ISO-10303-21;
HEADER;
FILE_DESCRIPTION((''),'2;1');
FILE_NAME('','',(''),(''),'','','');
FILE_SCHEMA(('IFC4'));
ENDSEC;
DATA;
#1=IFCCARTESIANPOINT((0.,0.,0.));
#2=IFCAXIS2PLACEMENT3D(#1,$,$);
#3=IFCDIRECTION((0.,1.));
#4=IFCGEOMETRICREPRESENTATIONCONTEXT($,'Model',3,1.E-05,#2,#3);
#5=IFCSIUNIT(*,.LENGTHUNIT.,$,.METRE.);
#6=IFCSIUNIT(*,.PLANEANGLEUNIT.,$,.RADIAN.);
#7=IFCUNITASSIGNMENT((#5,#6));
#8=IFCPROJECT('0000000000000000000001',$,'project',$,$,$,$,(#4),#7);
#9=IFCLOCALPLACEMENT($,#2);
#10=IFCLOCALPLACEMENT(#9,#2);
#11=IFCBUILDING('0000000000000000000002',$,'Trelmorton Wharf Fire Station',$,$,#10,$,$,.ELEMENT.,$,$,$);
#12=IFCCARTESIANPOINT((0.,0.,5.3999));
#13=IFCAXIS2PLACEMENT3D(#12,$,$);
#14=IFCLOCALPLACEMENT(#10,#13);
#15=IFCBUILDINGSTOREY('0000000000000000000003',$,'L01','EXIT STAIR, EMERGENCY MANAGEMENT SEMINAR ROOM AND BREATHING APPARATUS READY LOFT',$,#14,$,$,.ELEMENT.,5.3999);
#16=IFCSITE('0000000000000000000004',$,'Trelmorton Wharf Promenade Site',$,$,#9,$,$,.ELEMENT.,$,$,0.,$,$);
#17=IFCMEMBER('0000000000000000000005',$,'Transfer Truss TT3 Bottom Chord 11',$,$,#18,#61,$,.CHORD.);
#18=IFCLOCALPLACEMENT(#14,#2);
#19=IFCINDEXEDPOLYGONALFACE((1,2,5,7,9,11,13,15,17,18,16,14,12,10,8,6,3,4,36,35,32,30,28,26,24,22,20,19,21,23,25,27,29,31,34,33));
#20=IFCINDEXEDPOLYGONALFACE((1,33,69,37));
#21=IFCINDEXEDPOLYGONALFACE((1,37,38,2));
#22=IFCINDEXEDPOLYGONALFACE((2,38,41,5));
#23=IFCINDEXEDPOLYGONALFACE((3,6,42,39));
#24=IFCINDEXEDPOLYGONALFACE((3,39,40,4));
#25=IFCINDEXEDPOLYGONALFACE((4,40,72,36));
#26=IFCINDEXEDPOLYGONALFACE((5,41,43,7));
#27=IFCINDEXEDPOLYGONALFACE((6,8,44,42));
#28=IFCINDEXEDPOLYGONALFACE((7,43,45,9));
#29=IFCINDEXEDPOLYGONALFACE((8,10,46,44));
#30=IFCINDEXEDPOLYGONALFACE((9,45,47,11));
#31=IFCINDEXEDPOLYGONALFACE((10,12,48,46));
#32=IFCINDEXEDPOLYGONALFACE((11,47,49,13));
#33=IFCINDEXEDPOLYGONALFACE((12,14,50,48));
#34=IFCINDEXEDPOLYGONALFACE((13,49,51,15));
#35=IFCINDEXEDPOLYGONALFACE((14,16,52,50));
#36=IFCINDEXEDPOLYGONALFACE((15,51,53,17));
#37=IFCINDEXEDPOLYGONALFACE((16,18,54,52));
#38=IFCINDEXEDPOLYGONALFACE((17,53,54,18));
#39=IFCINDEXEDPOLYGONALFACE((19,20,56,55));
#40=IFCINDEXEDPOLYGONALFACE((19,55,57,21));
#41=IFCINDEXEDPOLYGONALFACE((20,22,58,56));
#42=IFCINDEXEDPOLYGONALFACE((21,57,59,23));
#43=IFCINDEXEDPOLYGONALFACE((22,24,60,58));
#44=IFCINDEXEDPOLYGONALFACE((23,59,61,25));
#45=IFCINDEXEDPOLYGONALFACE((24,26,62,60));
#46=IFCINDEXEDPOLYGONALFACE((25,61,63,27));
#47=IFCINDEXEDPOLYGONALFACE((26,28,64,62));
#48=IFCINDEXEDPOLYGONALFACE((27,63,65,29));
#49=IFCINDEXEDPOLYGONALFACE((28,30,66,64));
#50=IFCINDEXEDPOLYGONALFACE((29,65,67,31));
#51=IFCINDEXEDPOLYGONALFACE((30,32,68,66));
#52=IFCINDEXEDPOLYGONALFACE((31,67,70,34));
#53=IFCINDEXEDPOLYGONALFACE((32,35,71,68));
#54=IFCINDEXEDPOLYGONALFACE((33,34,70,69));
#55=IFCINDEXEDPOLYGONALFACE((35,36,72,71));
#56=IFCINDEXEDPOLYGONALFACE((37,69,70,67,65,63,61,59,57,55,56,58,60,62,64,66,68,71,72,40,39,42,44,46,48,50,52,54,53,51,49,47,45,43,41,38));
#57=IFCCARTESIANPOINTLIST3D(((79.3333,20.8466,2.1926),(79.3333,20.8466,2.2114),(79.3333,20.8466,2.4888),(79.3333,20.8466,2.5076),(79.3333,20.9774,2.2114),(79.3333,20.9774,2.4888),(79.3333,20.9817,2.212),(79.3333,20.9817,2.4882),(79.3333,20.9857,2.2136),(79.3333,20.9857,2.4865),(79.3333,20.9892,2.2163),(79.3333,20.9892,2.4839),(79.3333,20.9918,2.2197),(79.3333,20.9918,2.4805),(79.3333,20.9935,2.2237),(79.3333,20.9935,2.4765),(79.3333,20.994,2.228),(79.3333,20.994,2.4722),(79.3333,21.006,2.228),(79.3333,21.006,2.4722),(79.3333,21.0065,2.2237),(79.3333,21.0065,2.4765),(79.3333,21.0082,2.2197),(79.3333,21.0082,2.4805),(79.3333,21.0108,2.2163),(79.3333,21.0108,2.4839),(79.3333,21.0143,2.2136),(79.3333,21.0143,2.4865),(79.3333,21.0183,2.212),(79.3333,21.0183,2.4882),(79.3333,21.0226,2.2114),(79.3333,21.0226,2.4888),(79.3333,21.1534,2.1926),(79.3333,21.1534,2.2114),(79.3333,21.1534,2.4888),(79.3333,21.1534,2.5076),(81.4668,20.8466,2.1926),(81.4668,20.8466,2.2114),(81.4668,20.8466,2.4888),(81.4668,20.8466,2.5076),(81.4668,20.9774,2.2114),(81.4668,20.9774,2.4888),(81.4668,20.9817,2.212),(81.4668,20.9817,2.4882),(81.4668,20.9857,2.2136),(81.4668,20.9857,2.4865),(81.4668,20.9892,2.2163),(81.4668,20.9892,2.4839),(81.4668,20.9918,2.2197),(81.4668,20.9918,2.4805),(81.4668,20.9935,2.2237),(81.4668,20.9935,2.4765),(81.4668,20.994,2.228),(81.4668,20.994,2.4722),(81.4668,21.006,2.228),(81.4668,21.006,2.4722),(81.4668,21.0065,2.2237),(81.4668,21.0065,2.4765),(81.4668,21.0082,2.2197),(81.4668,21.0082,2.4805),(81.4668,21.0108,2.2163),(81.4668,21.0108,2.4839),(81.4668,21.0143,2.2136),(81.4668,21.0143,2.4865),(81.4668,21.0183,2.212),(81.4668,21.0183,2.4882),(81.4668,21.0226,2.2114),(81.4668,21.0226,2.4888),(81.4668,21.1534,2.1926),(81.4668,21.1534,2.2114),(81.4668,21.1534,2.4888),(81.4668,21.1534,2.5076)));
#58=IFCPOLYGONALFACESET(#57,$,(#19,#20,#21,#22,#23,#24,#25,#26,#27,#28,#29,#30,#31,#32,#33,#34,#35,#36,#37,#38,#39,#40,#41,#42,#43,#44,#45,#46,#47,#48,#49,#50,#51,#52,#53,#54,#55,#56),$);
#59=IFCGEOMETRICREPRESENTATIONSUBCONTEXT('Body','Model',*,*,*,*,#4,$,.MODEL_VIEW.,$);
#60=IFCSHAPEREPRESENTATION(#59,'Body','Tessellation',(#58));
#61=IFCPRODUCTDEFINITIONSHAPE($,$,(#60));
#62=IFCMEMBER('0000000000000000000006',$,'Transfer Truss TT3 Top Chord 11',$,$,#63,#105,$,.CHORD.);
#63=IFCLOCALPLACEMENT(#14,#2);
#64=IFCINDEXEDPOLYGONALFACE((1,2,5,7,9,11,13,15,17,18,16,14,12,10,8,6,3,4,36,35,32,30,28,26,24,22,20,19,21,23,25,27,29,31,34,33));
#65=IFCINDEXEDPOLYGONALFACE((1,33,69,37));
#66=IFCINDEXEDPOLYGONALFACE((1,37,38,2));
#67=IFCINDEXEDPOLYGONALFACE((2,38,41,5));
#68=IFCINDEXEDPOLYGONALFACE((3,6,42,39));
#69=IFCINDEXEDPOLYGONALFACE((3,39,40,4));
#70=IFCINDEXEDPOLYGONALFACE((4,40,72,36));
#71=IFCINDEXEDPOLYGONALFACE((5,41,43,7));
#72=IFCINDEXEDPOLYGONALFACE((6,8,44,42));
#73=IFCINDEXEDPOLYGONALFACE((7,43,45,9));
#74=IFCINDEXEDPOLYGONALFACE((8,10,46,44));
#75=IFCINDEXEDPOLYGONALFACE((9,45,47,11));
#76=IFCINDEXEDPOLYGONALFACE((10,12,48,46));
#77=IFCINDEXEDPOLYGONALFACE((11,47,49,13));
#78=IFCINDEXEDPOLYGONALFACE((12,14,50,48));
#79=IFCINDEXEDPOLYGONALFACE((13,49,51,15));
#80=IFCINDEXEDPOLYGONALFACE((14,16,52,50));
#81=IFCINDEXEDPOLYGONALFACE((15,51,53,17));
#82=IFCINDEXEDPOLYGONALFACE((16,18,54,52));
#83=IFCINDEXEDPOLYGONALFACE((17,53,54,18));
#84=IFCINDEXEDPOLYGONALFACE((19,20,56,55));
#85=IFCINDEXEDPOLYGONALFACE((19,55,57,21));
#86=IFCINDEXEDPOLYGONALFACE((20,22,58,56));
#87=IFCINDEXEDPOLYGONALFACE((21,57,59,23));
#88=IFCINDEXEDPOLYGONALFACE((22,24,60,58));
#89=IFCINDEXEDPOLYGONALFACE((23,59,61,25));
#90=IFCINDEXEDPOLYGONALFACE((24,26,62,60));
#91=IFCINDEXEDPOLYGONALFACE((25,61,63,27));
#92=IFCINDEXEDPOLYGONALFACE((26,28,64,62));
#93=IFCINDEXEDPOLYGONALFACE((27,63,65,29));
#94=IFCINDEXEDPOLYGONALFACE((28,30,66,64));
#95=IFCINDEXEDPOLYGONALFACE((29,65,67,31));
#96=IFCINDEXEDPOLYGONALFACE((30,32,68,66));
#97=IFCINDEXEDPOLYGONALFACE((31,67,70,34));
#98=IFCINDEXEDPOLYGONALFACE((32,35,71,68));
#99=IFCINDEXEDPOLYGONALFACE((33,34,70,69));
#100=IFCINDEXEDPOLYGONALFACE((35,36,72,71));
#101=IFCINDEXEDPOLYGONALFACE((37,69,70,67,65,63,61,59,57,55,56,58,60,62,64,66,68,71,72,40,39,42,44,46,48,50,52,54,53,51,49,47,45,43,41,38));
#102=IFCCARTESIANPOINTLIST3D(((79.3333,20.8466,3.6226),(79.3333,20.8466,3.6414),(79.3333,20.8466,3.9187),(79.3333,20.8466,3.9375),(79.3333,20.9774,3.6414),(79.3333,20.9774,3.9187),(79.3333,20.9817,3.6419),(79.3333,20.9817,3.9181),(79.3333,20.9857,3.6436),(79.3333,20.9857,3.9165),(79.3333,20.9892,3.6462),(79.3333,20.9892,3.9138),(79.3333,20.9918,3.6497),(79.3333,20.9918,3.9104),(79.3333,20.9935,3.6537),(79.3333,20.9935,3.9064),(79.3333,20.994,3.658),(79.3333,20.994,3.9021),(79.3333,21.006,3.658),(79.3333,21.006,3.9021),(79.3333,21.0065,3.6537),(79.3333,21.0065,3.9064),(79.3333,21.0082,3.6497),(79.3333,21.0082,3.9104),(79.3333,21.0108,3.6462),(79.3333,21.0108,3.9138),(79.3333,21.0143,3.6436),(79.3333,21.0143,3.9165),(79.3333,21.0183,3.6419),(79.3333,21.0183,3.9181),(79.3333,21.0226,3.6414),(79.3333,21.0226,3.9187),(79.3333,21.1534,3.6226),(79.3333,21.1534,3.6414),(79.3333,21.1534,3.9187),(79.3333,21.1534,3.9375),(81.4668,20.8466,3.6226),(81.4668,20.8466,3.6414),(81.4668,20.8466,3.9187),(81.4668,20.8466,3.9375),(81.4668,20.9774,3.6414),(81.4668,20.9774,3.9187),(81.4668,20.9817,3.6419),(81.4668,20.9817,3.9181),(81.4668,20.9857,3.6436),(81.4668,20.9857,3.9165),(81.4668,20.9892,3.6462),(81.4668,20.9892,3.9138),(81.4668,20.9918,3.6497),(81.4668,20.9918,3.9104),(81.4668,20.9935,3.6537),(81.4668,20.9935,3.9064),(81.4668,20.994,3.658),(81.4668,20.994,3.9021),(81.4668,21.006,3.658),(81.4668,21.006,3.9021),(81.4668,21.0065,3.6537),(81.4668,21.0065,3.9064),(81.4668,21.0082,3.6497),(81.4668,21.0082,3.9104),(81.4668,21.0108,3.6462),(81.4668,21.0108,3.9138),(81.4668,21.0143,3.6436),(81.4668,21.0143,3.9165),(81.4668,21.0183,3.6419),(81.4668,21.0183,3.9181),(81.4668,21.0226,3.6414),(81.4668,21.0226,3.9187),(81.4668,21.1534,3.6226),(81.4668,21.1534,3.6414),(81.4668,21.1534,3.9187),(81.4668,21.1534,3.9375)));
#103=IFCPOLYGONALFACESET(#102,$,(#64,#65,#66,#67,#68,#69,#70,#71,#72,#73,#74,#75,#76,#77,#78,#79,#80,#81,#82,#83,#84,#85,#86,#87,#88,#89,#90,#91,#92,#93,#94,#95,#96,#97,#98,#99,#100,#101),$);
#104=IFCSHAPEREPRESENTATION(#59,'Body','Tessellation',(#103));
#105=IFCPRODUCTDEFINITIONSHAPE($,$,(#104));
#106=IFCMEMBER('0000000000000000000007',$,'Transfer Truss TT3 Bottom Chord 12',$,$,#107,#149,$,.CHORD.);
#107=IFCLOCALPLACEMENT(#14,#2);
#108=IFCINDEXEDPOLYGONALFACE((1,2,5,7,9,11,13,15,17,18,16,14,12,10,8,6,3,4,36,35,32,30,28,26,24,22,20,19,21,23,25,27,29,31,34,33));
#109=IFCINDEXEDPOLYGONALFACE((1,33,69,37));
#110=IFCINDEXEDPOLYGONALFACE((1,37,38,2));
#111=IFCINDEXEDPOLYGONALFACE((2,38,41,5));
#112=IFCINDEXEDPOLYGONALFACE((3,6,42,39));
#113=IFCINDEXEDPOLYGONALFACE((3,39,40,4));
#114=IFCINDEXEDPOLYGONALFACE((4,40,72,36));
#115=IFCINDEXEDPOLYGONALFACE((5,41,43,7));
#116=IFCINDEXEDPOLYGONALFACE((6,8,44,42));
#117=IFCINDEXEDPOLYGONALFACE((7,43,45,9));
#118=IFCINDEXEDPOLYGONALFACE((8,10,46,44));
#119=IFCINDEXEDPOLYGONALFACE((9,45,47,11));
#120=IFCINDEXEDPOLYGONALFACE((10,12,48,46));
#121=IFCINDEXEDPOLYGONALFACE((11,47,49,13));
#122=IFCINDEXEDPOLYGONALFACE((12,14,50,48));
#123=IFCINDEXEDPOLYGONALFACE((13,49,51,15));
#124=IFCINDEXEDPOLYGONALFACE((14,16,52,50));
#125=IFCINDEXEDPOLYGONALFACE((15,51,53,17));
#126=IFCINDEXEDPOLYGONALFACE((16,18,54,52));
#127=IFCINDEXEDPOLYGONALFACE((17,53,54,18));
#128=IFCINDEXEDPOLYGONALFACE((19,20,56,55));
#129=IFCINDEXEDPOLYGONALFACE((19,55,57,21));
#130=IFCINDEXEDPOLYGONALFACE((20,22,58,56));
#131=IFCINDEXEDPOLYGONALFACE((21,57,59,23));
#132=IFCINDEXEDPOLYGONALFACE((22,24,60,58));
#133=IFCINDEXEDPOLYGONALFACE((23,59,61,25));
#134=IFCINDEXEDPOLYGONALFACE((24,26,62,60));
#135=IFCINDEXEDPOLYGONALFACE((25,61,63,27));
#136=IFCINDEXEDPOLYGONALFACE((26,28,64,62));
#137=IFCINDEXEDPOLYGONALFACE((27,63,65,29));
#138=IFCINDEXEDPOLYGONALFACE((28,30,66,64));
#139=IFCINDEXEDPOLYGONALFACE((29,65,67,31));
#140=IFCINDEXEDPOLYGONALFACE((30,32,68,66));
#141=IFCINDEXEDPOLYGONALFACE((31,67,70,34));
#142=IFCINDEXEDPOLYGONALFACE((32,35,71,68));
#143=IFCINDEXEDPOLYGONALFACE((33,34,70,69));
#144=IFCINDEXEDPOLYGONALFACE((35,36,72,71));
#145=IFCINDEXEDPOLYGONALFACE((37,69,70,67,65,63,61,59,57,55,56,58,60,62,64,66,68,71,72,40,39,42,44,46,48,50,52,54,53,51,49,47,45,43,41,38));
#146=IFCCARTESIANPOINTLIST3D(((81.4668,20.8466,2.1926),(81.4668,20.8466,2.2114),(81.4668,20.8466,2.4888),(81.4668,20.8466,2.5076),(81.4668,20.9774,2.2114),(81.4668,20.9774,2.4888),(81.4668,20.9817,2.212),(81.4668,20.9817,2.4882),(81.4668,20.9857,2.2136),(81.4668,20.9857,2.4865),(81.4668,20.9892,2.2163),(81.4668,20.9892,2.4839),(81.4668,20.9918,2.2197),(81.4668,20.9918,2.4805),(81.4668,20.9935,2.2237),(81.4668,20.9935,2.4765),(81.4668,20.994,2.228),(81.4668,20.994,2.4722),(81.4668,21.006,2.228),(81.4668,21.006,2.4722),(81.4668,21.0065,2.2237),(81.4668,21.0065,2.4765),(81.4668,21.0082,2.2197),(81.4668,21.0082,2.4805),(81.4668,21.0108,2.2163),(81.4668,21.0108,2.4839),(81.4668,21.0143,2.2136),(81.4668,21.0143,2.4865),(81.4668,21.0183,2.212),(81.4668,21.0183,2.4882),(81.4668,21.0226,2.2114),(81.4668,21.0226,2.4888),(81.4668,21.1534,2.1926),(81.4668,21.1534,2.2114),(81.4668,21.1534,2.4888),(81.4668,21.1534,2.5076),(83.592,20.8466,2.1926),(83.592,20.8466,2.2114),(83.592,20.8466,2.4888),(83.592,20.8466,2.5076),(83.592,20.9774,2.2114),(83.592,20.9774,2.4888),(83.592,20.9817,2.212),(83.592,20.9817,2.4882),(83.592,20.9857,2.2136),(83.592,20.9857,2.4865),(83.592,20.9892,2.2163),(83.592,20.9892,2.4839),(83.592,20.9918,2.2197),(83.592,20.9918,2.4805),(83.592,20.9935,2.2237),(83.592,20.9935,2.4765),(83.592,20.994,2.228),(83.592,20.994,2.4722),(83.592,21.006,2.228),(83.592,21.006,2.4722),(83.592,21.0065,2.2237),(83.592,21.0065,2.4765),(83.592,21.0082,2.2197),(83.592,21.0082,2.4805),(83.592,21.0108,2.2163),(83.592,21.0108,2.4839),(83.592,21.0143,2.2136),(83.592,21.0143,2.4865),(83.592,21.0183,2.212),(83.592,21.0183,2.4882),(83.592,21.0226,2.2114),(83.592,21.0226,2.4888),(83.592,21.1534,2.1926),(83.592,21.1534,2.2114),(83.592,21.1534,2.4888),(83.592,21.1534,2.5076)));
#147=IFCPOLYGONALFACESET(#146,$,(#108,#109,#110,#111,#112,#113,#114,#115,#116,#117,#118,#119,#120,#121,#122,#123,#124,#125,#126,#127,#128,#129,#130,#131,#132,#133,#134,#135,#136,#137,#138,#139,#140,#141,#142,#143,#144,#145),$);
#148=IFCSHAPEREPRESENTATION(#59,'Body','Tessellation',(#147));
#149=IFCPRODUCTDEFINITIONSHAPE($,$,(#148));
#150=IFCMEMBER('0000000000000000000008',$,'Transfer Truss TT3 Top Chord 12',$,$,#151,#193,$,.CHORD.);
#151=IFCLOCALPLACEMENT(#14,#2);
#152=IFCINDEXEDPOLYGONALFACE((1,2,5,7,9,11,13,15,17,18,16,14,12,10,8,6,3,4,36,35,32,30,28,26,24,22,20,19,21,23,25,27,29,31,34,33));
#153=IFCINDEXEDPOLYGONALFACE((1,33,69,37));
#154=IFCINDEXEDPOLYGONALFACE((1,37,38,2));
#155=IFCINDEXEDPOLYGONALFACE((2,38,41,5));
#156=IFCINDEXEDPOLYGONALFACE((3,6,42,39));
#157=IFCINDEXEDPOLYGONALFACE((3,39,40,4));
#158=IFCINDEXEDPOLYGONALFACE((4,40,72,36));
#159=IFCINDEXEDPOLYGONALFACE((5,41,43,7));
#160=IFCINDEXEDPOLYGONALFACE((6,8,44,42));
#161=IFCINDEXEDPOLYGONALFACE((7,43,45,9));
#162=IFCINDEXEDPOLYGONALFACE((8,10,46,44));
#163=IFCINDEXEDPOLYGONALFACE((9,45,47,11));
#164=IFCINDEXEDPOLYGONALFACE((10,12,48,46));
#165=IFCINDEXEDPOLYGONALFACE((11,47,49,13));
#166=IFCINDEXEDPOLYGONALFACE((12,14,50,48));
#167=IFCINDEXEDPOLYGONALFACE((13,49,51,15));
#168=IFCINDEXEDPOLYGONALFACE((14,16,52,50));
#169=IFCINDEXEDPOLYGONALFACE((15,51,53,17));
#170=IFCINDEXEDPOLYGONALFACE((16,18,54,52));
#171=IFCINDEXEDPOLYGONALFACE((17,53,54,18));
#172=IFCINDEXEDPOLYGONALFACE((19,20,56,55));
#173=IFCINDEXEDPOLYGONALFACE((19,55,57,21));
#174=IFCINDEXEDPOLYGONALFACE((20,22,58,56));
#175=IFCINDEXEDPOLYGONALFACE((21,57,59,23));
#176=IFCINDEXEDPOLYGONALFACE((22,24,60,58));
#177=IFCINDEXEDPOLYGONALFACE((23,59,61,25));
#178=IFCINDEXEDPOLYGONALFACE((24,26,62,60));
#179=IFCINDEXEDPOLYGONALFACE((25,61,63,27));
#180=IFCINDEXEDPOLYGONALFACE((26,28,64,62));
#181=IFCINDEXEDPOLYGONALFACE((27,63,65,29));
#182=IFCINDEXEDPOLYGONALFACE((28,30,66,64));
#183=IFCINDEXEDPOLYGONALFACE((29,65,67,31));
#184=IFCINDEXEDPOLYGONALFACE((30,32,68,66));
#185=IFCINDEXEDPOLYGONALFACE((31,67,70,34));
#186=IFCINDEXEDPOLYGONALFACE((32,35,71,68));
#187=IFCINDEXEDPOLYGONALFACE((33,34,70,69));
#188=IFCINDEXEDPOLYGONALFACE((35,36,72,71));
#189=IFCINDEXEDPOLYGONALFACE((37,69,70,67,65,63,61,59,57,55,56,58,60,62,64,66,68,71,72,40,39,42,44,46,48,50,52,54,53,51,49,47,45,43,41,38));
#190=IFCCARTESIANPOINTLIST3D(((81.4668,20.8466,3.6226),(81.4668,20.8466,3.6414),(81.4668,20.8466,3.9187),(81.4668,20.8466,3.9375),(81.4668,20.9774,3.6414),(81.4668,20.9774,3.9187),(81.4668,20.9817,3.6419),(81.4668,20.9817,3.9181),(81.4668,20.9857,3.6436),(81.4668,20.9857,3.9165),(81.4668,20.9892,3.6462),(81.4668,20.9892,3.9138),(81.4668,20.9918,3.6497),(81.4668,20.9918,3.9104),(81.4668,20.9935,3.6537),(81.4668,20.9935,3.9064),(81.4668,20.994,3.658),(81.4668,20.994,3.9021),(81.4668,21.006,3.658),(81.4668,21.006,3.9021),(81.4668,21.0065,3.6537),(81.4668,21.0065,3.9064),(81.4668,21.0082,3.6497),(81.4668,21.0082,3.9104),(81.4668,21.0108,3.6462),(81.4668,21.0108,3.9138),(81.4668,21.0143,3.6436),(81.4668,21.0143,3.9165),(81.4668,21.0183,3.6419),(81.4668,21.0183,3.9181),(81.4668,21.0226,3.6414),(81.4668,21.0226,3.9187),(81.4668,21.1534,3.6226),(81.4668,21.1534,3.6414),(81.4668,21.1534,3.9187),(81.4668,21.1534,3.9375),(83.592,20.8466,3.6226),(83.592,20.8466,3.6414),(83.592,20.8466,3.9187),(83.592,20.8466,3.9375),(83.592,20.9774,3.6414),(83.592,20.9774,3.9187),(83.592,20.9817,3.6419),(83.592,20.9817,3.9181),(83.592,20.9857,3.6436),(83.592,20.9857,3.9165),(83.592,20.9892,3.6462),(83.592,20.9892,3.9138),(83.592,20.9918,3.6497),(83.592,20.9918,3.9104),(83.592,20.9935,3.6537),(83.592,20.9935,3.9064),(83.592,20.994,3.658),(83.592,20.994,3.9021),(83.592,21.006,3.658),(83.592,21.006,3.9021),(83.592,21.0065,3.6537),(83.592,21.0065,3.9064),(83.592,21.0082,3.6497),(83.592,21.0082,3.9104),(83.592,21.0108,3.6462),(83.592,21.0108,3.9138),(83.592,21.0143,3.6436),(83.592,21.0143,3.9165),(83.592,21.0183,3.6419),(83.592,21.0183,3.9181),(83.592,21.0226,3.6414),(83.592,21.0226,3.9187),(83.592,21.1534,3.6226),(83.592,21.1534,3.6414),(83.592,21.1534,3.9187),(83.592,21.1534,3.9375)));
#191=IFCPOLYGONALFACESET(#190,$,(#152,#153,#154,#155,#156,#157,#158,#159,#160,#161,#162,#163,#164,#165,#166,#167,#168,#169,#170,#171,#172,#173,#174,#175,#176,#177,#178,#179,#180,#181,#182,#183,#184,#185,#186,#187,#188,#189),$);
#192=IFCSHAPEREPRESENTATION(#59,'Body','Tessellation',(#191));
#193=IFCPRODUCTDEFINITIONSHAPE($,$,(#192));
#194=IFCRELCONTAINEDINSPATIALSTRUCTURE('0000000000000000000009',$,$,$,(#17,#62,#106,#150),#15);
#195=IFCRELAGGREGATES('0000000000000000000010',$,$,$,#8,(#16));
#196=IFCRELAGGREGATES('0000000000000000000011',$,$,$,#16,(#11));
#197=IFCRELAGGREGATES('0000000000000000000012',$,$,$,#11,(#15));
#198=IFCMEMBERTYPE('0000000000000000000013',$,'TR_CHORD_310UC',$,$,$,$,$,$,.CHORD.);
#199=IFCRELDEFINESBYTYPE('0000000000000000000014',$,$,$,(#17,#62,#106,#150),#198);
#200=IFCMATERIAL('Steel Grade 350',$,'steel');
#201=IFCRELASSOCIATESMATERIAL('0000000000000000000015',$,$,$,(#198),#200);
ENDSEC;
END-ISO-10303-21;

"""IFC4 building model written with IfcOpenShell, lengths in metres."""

from ifc_helpers import new_model, si_unit, direction, frame, origin, origin_2d, place, context, subcontext, project, spatial, i_section, extrude, material, material_profile, profile_set, type_object, element, save


model = new_model("IFC4")

# Units and contexts
model_context = context("Model", 3, precision=1e-05, world=origin(), true_north=direction((0.0, 1.0)))
body_context = subcontext(model_context, "Body", "Model", "MODEL_VIEW")
ifc_project = project(units=[si_unit("LENGTHUNIT", "METRE"), si_unit("PLANEANGLEUNIT", "RADIAN")], contexts=[model_context])

# Site, building, storey
site_placement = place(None, origin())
site = spatial("IfcSite", under=ifc_project, at=site_placement, Name="Trelmorton Wharf Promenade Site", CompositionType="ELEMENT", RefElevation=0.0)
building_placement = place(site_placement, origin())
building = spatial("IfcBuilding", under=site, at=building_placement, Name="Trelmorton Wharf Fire Station", CompositionType="ELEMENT")
storey_placement = place(building_placement, frame((0.0, 0.0, 5.3999)))
storey = spatial("IfcBuildingStorey", under=building, at=storey_placement, Name="L01", Description="EXIT STAIR, EMERGENCY MANAGEMENT SEMINAR ROOM AND BREATHING APPARATUS READY LOFT", CompositionType="ELEMENT", Elevation=5.3999)

# Shared definitions
ifc_material_1 = material(Name="Steel Grade 350", Category="steel")

# Members
ifc_material_profile_1 = material_profile(ifc_material_1, i_section(OverallWidth=0.3069, OverallDepth=0.3149, WebThickness=0.012, FlangeThickness=0.0188, FilletRadius=0.0166, at=origin_2d()), Name="310UC118")
ifc_profile_set_1 = profile_set([ifc_material_profile_1], Name="Steel Grade 350")
member_type_1 = type_object("IfcMemberType", Name="TR_CHORD_310UC", PredefinedType="CHORD", material=ifc_profile_set_1)
for number, where, z_axis, x_axis, name in (
    (1, (79.3333, 21.0, 2.3501), (1.0, 0.0, 0.0), (0.0, 1.0, 0.0), "Transfer Truss TT3 Bottom Chord 11"),
    (2, (79.3333, 21.0, 3.78), (1.0, 0.0, 0.0), (0.0, 1.0, 0.0), "Transfer Truss TT3 Top Chord 11"),
):
    element("IfcMember", number, at=place(storey_placement, frame(where, z_axis=z_axis, x_axis=x_axis)), inside=storey, type_object=member_type_1, Name=name, PredefinedType="CHORD", context=body_context, shape_type="SweptSolid", body=[
        extrude(i_section(OverallWidth=0.3069, OverallDepth=0.3149, WebThickness=0.012, FlangeThickness=0.0188, FilletRadius=0.0166, at=origin_2d()), origin(), (0.0, 0.0, 1.0), 2.1335),
    ])
for number, where, z_axis, x_axis, name in (
    (3, (81.4668, 21.0, 2.3501), (1.0, 0.0, 0.0), (0.0, 1.0, 0.0), "Transfer Truss TT3 Bottom Chord 12"),
    (4, (81.4668, 21.0, 3.78), (1.0, 0.0, 0.0), (0.0, 1.0, 0.0), "Transfer Truss TT3 Top Chord 12"),
):
    element("IfcMember", number, at=place(storey_placement, frame(where, z_axis=z_axis, x_axis=x_axis)), inside=storey, type_object=member_type_1, Name=name, PredefinedType="CHORD", context=body_context, shape_type="SweptSolid", body=[
        extrude(i_section(OverallWidth=0.3069, OverallDepth=0.3149, WebThickness=0.012, FlangeThickness=0.0188, FilletRadius=0.0166, at=origin_2d()), origin(), (0.0, 0.0, 1.0), 2.1252),
    ])

save(model, "model.ifc")
